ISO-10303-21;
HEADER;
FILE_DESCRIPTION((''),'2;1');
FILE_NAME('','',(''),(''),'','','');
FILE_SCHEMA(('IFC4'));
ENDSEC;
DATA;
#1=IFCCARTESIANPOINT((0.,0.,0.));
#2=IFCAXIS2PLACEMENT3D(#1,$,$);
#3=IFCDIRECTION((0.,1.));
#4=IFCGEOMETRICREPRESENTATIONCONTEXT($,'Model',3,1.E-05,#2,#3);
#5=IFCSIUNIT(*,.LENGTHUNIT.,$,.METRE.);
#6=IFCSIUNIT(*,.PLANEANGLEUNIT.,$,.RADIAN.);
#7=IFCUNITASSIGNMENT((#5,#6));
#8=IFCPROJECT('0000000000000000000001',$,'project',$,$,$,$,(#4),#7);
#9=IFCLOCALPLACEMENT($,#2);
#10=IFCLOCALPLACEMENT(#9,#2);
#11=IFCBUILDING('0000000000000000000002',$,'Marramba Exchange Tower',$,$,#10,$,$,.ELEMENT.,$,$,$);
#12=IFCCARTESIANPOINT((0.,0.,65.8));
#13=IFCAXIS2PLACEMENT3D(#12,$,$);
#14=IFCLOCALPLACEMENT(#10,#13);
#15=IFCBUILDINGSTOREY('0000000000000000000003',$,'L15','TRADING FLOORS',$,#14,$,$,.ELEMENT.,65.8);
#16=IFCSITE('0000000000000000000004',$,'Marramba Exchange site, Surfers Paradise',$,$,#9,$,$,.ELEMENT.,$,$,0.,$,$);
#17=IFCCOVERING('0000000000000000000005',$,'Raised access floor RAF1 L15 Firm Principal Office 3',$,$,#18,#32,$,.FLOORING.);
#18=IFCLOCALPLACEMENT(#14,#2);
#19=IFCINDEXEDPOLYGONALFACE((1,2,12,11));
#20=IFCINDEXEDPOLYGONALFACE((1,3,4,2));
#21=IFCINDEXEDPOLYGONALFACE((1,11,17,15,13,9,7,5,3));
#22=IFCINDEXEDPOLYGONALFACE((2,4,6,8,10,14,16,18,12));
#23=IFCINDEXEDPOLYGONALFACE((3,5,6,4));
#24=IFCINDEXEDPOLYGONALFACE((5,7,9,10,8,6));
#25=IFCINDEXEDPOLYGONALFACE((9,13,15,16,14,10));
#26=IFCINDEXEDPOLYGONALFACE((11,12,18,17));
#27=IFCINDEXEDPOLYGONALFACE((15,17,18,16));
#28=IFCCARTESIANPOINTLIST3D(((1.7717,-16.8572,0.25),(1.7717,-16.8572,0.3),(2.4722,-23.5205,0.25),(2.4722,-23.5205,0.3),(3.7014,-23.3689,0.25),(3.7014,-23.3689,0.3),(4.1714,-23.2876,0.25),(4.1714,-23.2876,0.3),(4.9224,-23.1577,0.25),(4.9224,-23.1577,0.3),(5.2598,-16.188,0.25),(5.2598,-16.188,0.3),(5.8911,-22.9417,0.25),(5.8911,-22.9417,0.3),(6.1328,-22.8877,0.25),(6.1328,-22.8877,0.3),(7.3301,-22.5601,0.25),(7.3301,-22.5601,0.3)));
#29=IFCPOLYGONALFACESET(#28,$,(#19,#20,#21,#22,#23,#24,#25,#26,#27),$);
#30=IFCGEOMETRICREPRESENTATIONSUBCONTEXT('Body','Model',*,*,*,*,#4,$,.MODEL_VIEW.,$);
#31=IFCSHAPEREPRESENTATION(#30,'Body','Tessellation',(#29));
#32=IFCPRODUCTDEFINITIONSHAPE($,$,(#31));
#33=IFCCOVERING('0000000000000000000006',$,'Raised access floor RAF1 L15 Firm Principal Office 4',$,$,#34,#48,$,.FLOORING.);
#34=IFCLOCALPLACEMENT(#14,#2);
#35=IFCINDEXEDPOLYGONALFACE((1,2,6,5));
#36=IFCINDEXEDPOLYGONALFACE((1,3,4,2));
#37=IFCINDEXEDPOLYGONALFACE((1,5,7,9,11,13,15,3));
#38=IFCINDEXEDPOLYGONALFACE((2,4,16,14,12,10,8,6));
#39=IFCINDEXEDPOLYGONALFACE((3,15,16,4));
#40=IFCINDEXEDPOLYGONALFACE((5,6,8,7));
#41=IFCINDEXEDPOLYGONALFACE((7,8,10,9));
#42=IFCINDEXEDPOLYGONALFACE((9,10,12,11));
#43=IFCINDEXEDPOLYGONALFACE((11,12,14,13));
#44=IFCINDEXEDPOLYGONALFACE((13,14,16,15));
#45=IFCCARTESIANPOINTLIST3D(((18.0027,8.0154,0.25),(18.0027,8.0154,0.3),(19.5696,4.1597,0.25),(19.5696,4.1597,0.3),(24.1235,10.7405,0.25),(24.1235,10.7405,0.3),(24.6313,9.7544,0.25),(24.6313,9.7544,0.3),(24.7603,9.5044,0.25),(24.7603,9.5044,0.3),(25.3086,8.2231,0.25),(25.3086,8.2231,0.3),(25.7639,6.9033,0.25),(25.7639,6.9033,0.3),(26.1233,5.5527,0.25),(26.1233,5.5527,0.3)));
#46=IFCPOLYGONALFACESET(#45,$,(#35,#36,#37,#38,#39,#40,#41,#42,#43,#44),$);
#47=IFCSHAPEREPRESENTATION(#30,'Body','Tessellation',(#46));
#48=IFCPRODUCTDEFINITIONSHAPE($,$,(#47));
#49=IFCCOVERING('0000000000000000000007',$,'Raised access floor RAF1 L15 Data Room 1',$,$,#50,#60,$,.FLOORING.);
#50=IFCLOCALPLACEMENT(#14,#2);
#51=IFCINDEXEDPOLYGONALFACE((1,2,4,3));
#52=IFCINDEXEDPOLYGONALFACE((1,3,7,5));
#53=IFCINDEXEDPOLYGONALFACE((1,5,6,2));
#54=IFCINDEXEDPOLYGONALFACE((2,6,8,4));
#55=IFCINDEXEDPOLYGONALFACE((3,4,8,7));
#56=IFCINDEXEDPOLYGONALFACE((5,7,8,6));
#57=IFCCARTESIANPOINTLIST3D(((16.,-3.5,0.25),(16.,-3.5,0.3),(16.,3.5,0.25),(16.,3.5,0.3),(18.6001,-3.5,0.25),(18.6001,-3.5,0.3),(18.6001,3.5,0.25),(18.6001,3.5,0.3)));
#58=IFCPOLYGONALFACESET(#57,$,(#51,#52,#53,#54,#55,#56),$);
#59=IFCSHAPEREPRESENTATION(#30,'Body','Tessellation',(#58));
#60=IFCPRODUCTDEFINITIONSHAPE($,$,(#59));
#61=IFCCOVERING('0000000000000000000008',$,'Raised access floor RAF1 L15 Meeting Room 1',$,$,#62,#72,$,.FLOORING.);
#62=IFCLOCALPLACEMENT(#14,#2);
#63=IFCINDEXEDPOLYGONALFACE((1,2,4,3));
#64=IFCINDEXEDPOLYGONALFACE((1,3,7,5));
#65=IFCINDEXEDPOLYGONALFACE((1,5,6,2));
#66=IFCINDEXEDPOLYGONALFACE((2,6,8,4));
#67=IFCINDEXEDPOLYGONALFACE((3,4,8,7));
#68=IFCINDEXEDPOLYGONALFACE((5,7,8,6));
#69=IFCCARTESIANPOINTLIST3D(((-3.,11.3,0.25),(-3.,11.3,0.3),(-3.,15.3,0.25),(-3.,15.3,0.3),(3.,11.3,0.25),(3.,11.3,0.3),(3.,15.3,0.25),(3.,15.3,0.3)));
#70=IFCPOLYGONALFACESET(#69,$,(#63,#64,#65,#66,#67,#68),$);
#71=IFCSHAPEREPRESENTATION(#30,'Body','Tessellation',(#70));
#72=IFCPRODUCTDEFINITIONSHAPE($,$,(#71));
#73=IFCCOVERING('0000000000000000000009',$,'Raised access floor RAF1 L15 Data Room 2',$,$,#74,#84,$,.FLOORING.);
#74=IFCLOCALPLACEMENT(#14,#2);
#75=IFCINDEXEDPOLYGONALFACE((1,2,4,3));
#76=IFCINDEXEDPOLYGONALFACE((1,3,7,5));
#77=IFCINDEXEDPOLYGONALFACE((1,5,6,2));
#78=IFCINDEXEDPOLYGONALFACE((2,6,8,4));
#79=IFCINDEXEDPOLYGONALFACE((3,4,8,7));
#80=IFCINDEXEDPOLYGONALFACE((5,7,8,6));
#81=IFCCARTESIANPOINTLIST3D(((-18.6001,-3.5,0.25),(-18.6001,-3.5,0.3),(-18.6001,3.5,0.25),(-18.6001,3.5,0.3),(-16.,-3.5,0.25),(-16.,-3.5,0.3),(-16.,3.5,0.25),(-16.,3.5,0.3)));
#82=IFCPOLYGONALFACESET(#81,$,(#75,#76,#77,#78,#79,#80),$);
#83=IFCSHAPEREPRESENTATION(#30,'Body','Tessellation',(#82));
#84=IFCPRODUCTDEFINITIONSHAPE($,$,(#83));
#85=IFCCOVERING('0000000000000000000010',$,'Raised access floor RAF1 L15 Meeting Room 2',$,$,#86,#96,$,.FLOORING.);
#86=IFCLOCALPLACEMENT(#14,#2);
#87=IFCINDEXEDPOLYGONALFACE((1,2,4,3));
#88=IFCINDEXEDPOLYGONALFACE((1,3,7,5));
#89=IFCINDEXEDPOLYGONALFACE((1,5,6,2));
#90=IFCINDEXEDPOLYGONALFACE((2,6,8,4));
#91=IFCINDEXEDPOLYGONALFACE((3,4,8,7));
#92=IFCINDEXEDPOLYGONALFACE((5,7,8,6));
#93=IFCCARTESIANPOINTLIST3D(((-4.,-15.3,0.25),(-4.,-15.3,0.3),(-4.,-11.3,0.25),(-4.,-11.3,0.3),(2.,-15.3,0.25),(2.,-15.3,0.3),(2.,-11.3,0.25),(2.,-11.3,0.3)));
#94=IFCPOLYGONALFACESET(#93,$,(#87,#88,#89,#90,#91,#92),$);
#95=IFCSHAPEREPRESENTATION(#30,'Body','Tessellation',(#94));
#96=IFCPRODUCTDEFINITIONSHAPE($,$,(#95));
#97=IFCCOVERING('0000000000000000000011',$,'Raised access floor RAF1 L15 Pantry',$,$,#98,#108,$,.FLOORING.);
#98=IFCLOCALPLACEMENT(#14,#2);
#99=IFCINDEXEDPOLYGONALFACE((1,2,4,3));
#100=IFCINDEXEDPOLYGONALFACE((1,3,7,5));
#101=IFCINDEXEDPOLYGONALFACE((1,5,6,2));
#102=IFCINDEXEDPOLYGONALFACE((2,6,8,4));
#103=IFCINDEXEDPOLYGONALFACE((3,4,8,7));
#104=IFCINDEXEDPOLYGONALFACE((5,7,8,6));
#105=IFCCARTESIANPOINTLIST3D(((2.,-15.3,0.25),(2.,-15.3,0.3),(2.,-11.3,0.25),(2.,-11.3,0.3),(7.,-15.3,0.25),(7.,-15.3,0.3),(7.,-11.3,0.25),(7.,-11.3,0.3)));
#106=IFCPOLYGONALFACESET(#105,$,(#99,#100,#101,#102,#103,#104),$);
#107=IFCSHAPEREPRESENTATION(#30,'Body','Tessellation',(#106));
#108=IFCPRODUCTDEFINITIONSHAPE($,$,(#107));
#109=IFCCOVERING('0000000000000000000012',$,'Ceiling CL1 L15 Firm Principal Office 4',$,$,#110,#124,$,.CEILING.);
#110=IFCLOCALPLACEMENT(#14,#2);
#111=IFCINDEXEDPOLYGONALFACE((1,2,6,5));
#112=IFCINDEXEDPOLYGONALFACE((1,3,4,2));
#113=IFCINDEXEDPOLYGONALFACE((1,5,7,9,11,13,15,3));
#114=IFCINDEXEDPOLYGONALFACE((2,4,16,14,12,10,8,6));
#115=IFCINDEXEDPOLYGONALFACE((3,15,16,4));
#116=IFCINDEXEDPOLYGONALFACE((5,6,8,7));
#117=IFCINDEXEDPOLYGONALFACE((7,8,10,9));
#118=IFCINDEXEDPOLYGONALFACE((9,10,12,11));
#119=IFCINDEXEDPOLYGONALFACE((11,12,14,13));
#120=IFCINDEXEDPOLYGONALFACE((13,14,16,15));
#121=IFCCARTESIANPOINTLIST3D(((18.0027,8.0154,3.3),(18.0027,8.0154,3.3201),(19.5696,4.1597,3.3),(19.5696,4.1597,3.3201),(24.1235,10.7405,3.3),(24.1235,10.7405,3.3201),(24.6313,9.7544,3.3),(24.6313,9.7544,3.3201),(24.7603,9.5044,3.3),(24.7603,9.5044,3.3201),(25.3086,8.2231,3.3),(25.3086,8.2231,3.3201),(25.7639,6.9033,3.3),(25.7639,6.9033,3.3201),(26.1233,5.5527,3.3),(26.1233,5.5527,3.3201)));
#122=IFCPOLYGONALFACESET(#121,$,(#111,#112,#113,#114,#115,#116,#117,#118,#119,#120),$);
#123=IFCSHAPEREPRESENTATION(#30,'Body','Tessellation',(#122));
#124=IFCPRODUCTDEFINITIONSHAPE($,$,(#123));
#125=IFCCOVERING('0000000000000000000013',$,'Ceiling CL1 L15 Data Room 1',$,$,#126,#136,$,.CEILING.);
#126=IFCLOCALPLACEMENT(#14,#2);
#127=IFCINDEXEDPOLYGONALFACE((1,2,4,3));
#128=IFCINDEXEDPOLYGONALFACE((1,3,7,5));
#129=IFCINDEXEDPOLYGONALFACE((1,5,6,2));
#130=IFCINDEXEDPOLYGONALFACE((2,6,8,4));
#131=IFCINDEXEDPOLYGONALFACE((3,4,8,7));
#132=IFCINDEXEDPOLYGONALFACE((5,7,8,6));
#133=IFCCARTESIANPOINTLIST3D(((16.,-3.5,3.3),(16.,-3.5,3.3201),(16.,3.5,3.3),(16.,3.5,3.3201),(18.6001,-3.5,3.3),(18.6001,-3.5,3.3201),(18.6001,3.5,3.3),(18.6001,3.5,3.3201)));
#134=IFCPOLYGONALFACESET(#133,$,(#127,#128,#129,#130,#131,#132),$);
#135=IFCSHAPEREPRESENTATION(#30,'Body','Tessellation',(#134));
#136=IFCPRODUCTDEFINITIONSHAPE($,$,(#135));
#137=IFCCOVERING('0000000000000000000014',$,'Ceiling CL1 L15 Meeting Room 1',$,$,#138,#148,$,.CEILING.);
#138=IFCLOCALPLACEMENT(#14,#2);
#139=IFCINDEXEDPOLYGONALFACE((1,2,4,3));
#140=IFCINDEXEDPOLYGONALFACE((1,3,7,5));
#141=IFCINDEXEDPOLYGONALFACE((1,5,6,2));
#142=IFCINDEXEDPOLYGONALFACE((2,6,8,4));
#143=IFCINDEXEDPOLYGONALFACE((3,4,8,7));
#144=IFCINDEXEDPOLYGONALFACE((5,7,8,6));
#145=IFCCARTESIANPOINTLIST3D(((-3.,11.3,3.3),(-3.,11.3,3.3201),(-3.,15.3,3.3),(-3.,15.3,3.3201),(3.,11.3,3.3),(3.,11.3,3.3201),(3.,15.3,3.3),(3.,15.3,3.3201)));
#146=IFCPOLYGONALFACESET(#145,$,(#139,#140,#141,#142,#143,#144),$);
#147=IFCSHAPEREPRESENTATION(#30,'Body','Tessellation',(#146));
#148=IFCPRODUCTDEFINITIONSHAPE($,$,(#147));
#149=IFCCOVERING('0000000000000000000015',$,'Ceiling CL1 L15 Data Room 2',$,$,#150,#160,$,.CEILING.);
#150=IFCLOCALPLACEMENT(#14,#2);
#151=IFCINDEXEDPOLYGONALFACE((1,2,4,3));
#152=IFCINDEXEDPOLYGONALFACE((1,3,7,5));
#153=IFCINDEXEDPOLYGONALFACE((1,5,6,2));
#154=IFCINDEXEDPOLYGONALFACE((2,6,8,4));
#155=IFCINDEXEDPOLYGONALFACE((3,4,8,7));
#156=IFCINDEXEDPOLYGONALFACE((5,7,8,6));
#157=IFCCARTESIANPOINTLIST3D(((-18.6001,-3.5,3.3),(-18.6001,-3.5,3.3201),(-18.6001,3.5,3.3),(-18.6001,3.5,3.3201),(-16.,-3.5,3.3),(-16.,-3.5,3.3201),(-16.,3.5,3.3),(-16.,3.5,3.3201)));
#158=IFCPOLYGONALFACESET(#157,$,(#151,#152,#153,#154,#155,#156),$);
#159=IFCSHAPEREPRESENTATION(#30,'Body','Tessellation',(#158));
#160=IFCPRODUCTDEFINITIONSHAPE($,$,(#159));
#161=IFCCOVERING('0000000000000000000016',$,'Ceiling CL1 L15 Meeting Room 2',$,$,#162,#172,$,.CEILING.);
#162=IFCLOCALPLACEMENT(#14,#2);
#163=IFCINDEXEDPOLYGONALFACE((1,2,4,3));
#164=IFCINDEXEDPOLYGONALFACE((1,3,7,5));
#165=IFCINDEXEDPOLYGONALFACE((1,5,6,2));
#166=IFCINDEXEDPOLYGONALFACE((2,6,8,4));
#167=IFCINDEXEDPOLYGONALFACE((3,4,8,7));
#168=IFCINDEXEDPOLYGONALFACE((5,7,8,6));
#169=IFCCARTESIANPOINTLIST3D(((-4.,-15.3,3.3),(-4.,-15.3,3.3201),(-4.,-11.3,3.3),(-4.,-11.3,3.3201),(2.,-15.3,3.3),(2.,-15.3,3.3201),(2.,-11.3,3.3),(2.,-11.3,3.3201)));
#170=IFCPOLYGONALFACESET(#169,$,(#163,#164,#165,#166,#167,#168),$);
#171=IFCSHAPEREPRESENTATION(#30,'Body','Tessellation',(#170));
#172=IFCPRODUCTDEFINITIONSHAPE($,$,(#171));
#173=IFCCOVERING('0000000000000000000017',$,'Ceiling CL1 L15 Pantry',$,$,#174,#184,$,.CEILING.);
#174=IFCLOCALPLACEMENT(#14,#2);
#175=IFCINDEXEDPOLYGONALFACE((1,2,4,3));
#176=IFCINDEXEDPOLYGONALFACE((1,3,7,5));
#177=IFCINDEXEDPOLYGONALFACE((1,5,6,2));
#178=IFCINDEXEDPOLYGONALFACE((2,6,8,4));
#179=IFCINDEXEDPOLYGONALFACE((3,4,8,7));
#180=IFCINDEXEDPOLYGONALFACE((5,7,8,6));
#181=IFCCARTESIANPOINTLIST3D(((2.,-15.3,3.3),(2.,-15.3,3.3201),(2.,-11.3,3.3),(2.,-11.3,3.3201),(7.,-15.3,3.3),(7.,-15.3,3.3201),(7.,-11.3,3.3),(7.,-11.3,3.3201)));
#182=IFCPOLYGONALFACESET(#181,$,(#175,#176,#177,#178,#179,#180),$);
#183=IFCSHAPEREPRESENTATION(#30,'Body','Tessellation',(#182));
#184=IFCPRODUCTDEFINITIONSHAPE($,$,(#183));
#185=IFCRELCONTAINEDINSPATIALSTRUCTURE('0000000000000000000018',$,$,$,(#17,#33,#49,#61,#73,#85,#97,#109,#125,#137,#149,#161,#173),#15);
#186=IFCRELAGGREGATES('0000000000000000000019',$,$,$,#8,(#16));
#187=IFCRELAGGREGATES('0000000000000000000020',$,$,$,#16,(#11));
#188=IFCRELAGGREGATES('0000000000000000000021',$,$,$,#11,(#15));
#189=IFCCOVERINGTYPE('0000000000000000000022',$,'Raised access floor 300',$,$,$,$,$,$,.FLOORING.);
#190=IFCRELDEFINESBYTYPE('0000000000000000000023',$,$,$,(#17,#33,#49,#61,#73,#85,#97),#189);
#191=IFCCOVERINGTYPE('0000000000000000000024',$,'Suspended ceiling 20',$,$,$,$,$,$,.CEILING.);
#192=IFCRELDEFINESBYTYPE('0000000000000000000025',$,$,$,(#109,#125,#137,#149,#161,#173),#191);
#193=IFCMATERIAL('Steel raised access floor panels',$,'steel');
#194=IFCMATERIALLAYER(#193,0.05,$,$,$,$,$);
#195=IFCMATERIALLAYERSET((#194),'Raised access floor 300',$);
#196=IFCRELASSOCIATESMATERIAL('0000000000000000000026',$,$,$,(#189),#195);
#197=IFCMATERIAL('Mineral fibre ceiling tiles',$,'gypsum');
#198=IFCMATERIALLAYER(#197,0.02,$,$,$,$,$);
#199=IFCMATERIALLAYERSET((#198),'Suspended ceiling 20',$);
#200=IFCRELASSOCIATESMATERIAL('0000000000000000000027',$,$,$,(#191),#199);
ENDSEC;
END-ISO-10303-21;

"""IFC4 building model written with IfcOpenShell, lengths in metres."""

from ifc_helpers import new_model, si_unit, direction, frame, origin, place, context, subcontext, project, spatial, polyline, outline, extrude, material, layer, layer_set, type_object, element, save


model = new_model("IFC4")

# Units and contexts
model_context = context("Model", 3, precision=1e-05, world=origin(), true_north=direction((0.0, 1.0)))
body_context = subcontext(model_context, "Body", "Model", "MODEL_VIEW")
ifc_project = project(units=[si_unit("LENGTHUNIT", "METRE"), si_unit("PLANEANGLEUNIT", "RADIAN")], contexts=[model_context])

# Site, building, storey
site_placement = place(None, origin())
site = spatial("IfcSite", under=ifc_project, at=site_placement, Name="Marramba Exchange site, Surfers Paradise", CompositionType="ELEMENT", RefElevation=0.0)
building_placement = place(site_placement, origin())
building = spatial("IfcBuilding", under=site, at=building_placement, Name="Marramba Exchange Tower", CompositionType="ELEMENT")
storey_placement = place(building_placement, frame((0.0, 0.0, 65.8)))
storey = spatial("IfcBuildingStorey", under=building, at=storey_placement, Name="L15", Description="TRADING FLOORS", CompositionType="ELEMENT", Elevation=65.8)

# Coverings
ifc_material_1 = material(Name="Steel raised access floor panels", Category="steel")
ifc_layer_1 = layer(ifc_material_1, 0.05)
ifc_layer_set_1 = layer_set([ifc_layer_1], Name="Raised access floor 300")
covering_type_1 = type_object("IfcCoveringType", Name="Raised access floor 300", PredefinedType="FLOORING", material=ifc_layer_set_1)
covering_1_placement = place(storey_placement, frame((0.0, 0.0, 0.25)))
element("IfcCovering", 1, at=covering_1_placement, inside=storey, type_object=covering_type_1, Name="Raised access floor RAF1 L15 Firm Principal Office 3", PredefinedType="FLOORING", context=body_context, shape_type="SweptSolid", body=[
    extrude(outline(polyline([(6.1328, -22.8877), (5.8911, -22.9417), (4.9224, -23.1577), (4.1714, -23.2876), (3.7014, -23.3689), (2.4722, -23.5205), (1.7717, -16.8572), (5.2598, -16.188), (7.3301, -22.5601), (6.1328, -22.8877)])), origin(), (0.0, 0.0, 1.0), 0.05),
])
covering_2_placement = place(storey_placement, frame((0.0, 0.0, 0.25)))
element("IfcCovering", 2, at=covering_2_placement, inside=storey, type_object=covering_type_1, Name="Raised access floor RAF1 L15 Firm Principal Office 4", PredefinedType="FLOORING", context=body_context, shape_type="SweptSolid", body=[
    extrude(outline(polyline([(24.6313, 9.7544), (24.7603, 9.5044), (25.3086, 8.2231), (25.7639, 6.9033), (26.1233, 5.5527), (19.5696, 4.1597), (18.0027, 8.0154), (24.1235, 10.7405), (24.6313, 9.7544)])), origin(), (0.0, 0.0, 1.0), 0.05),
])
covering_3_placement = place(storey_placement, frame((0.0, 0.0, 0.25)))
element("IfcCovering", 3, at=covering_3_placement, inside=storey, type_object=covering_type_1, Name="Raised access floor RAF1 L15 Data Room 1", PredefinedType="FLOORING", context=body_context, shape_type="SweptSolid", body=[
    extrude(outline(polyline([(18.6001, -3.5), (16.0, -3.5), (16.0, 3.5), (18.6001, 3.5), (18.6001, -3.5)])), origin(), (0.0, 0.0, 1.0), 0.05),
])
covering_4_placement = place(storey_placement, frame((0.0, 0.0, 0.25)))
element("IfcCovering", 4, at=covering_4_placement, inside=storey, type_object=covering_type_1, Name="Raised access floor RAF1 L15 Meeting Room 1", PredefinedType="FLOORING", context=body_context, shape_type="SweptSolid", body=[
    extrude(outline(polyline([(3.0, 11.3), (-3.0, 11.3), (-3.0, 15.3), (3.0, 15.3), (3.0, 11.3)])), origin(), (0.0, 0.0, 1.0), 0.05),
])
covering_5_placement = place(storey_placement, frame((0.0, 0.0, 0.25)))
element("IfcCovering", 5, at=covering_5_placement, inside=storey, type_object=covering_type_1, Name="Raised access floor RAF1 L15 Data Room 2", PredefinedType="FLOORING", context=body_context, shape_type="SweptSolid", body=[
    extrude(outline(polyline([(-16.0, -3.5), (-18.6001, -3.5), (-18.6001, 3.5), (-16.0, 3.5), (-16.0, -3.5)])), origin(), (0.0, 0.0, 1.0), 0.05),
])
covering_6_placement = place(storey_placement, frame((0.0, 0.0, 0.25)))
element("IfcCovering", 6, at=covering_6_placement, inside=storey, type_object=covering_type_1, Name="Raised access floor RAF1 L15 Meeting Room 2", PredefinedType="FLOORING", context=body_context, shape_type="SweptSolid", body=[
    extrude(outline(polyline([(2.0, -15.3), (-4.0, -15.3), (-4.0, -11.3), (2.0, -11.3), (2.0, -15.3)])), origin(), (0.0, 0.0, 1.0), 0.05),
])
covering_7_placement = place(storey_placement, frame((0.0, 0.0, 0.25)))
element("IfcCovering", 7, at=covering_7_placement, inside=storey, type_object=covering_type_1, Name="Raised access floor RAF1 L15 Pantry", PredefinedType="FLOORING", context=body_context, shape_type="SweptSolid", body=[
    extrude(outline(polyline([(7.0, -15.3), (2.0, -15.3), (2.0, -11.3), (7.0, -11.3), (7.0, -15.3)])), origin(), (0.0, 0.0, 1.0), 0.05),
])
ifc_material_2 = material(Name="Mineral fibre ceiling tiles", Category="gypsum")
ifc_layer_2 = layer(ifc_material_2, 0.02)
ifc_layer_set_2 = layer_set([ifc_layer_2], Name="Suspended ceiling 20")
covering_type_2 = type_object("IfcCoveringType", Name="Suspended ceiling 20", PredefinedType="CEILING", material=ifc_layer_set_2)
covering_8_placement = place(storey_placement, frame((0.0, 0.0, 3.3)))
element("IfcCovering", 8, at=covering_8_placement, inside=storey, type_object=covering_type_2, Name="Ceiling CL1 L15 Firm Principal Office 4", PredefinedType="CEILING", context=body_context, shape_type="SweptSolid", body=[
    extrude(outline(polyline([(24.6313, 9.7544), (24.7603, 9.5044), (25.3086, 8.2231), (25.7639, 6.9033), (26.1233, 5.5527), (19.5696, 4.1597), (18.0027, 8.0154), (24.1235, 10.7405), (24.6313, 9.7544)])), origin(), (0.0, 0.0, 1.0), 0.02),
])
covering_9_placement = place(storey_placement, frame((0.0, 0.0, 3.3)))
element("IfcCovering", 9, at=covering_9_placement, inside=storey, type_object=covering_type_2, Name="Ceiling CL1 L15 Data Room 1", PredefinedType="CEILING", context=body_context, shape_type="SweptSolid", body=[
    extrude(outline(polyline([(18.6001, -3.5), (16.0, -3.5), (16.0, 3.5), (18.6001, 3.5), (18.6001, -3.5)])), origin(), (0.0, 0.0, 1.0), 0.02),
])
covering_10_placement = place(storey_placement, frame((0.0, 0.0, 3.3)))
element("IfcCovering", 10, at=covering_10_placement, inside=storey, type_object=covering_type_2, Name="Ceiling CL1 L15 Meeting Room 1", PredefinedType="CEILING", context=body_context, shape_type="SweptSolid", body=[
    extrude(outline(polyline([(3.0, 11.3), (-3.0, 11.3), (-3.0, 15.3), (3.0, 15.3), (3.0, 11.3)])), origin(), (0.0, 0.0, 1.0), 0.02),
])
covering_11_placement = place(storey_placement, frame((0.0, 0.0, 3.3)))
element("IfcCovering", 11, at=covering_11_placement, inside=storey, type_object=covering_type_2, Name="Ceiling CL1 L15 Data Room 2", PredefinedType="CEILING", context=body_context, shape_type="SweptSolid", body=[
    extrude(outline(polyline([(-16.0, -3.5), (-18.6001, -3.5), (-18.6001, 3.5), (-16.0, 3.5), (-16.0, -3.5)])), origin(), (0.0, 0.0, 1.0), 0.02),
])
covering_12_placement = place(storey_placement, frame((0.0, 0.0, 3.3)))
element("IfcCovering", 12, at=covering_12_placement, inside=storey, type_object=covering_type_2, Name="Ceiling CL1 L15 Meeting Room 2", PredefinedType="CEILING", context=body_context, shape_type="SweptSolid", body=[
    extrude(outline(polyline([(2.0, -15.3), (-4.0, -15.3), (-4.0, -11.3), (2.0, -11.3), (2.0, -15.3)])), origin(), (0.0, 0.0, 1.0), 0.02),
])
covering_13_placement = place(storey_placement, frame((0.0, 0.0, 3.3)))
element("IfcCovering", 13, at=covering_13_placement, inside=storey, type_object=covering_type_2, Name="Ceiling CL1 L15 Pantry", PredefinedType="CEILING", context=body_context, shape_type="SweptSolid", body=[
    extrude(outline(polyline([(7.0, -15.3), (2.0, -15.3), (2.0, -11.3), (7.0, -11.3), (7.0, -15.3)])), origin(), (0.0, 0.0, 1.0), 0.02),
])

save(model, "model.ifc")
